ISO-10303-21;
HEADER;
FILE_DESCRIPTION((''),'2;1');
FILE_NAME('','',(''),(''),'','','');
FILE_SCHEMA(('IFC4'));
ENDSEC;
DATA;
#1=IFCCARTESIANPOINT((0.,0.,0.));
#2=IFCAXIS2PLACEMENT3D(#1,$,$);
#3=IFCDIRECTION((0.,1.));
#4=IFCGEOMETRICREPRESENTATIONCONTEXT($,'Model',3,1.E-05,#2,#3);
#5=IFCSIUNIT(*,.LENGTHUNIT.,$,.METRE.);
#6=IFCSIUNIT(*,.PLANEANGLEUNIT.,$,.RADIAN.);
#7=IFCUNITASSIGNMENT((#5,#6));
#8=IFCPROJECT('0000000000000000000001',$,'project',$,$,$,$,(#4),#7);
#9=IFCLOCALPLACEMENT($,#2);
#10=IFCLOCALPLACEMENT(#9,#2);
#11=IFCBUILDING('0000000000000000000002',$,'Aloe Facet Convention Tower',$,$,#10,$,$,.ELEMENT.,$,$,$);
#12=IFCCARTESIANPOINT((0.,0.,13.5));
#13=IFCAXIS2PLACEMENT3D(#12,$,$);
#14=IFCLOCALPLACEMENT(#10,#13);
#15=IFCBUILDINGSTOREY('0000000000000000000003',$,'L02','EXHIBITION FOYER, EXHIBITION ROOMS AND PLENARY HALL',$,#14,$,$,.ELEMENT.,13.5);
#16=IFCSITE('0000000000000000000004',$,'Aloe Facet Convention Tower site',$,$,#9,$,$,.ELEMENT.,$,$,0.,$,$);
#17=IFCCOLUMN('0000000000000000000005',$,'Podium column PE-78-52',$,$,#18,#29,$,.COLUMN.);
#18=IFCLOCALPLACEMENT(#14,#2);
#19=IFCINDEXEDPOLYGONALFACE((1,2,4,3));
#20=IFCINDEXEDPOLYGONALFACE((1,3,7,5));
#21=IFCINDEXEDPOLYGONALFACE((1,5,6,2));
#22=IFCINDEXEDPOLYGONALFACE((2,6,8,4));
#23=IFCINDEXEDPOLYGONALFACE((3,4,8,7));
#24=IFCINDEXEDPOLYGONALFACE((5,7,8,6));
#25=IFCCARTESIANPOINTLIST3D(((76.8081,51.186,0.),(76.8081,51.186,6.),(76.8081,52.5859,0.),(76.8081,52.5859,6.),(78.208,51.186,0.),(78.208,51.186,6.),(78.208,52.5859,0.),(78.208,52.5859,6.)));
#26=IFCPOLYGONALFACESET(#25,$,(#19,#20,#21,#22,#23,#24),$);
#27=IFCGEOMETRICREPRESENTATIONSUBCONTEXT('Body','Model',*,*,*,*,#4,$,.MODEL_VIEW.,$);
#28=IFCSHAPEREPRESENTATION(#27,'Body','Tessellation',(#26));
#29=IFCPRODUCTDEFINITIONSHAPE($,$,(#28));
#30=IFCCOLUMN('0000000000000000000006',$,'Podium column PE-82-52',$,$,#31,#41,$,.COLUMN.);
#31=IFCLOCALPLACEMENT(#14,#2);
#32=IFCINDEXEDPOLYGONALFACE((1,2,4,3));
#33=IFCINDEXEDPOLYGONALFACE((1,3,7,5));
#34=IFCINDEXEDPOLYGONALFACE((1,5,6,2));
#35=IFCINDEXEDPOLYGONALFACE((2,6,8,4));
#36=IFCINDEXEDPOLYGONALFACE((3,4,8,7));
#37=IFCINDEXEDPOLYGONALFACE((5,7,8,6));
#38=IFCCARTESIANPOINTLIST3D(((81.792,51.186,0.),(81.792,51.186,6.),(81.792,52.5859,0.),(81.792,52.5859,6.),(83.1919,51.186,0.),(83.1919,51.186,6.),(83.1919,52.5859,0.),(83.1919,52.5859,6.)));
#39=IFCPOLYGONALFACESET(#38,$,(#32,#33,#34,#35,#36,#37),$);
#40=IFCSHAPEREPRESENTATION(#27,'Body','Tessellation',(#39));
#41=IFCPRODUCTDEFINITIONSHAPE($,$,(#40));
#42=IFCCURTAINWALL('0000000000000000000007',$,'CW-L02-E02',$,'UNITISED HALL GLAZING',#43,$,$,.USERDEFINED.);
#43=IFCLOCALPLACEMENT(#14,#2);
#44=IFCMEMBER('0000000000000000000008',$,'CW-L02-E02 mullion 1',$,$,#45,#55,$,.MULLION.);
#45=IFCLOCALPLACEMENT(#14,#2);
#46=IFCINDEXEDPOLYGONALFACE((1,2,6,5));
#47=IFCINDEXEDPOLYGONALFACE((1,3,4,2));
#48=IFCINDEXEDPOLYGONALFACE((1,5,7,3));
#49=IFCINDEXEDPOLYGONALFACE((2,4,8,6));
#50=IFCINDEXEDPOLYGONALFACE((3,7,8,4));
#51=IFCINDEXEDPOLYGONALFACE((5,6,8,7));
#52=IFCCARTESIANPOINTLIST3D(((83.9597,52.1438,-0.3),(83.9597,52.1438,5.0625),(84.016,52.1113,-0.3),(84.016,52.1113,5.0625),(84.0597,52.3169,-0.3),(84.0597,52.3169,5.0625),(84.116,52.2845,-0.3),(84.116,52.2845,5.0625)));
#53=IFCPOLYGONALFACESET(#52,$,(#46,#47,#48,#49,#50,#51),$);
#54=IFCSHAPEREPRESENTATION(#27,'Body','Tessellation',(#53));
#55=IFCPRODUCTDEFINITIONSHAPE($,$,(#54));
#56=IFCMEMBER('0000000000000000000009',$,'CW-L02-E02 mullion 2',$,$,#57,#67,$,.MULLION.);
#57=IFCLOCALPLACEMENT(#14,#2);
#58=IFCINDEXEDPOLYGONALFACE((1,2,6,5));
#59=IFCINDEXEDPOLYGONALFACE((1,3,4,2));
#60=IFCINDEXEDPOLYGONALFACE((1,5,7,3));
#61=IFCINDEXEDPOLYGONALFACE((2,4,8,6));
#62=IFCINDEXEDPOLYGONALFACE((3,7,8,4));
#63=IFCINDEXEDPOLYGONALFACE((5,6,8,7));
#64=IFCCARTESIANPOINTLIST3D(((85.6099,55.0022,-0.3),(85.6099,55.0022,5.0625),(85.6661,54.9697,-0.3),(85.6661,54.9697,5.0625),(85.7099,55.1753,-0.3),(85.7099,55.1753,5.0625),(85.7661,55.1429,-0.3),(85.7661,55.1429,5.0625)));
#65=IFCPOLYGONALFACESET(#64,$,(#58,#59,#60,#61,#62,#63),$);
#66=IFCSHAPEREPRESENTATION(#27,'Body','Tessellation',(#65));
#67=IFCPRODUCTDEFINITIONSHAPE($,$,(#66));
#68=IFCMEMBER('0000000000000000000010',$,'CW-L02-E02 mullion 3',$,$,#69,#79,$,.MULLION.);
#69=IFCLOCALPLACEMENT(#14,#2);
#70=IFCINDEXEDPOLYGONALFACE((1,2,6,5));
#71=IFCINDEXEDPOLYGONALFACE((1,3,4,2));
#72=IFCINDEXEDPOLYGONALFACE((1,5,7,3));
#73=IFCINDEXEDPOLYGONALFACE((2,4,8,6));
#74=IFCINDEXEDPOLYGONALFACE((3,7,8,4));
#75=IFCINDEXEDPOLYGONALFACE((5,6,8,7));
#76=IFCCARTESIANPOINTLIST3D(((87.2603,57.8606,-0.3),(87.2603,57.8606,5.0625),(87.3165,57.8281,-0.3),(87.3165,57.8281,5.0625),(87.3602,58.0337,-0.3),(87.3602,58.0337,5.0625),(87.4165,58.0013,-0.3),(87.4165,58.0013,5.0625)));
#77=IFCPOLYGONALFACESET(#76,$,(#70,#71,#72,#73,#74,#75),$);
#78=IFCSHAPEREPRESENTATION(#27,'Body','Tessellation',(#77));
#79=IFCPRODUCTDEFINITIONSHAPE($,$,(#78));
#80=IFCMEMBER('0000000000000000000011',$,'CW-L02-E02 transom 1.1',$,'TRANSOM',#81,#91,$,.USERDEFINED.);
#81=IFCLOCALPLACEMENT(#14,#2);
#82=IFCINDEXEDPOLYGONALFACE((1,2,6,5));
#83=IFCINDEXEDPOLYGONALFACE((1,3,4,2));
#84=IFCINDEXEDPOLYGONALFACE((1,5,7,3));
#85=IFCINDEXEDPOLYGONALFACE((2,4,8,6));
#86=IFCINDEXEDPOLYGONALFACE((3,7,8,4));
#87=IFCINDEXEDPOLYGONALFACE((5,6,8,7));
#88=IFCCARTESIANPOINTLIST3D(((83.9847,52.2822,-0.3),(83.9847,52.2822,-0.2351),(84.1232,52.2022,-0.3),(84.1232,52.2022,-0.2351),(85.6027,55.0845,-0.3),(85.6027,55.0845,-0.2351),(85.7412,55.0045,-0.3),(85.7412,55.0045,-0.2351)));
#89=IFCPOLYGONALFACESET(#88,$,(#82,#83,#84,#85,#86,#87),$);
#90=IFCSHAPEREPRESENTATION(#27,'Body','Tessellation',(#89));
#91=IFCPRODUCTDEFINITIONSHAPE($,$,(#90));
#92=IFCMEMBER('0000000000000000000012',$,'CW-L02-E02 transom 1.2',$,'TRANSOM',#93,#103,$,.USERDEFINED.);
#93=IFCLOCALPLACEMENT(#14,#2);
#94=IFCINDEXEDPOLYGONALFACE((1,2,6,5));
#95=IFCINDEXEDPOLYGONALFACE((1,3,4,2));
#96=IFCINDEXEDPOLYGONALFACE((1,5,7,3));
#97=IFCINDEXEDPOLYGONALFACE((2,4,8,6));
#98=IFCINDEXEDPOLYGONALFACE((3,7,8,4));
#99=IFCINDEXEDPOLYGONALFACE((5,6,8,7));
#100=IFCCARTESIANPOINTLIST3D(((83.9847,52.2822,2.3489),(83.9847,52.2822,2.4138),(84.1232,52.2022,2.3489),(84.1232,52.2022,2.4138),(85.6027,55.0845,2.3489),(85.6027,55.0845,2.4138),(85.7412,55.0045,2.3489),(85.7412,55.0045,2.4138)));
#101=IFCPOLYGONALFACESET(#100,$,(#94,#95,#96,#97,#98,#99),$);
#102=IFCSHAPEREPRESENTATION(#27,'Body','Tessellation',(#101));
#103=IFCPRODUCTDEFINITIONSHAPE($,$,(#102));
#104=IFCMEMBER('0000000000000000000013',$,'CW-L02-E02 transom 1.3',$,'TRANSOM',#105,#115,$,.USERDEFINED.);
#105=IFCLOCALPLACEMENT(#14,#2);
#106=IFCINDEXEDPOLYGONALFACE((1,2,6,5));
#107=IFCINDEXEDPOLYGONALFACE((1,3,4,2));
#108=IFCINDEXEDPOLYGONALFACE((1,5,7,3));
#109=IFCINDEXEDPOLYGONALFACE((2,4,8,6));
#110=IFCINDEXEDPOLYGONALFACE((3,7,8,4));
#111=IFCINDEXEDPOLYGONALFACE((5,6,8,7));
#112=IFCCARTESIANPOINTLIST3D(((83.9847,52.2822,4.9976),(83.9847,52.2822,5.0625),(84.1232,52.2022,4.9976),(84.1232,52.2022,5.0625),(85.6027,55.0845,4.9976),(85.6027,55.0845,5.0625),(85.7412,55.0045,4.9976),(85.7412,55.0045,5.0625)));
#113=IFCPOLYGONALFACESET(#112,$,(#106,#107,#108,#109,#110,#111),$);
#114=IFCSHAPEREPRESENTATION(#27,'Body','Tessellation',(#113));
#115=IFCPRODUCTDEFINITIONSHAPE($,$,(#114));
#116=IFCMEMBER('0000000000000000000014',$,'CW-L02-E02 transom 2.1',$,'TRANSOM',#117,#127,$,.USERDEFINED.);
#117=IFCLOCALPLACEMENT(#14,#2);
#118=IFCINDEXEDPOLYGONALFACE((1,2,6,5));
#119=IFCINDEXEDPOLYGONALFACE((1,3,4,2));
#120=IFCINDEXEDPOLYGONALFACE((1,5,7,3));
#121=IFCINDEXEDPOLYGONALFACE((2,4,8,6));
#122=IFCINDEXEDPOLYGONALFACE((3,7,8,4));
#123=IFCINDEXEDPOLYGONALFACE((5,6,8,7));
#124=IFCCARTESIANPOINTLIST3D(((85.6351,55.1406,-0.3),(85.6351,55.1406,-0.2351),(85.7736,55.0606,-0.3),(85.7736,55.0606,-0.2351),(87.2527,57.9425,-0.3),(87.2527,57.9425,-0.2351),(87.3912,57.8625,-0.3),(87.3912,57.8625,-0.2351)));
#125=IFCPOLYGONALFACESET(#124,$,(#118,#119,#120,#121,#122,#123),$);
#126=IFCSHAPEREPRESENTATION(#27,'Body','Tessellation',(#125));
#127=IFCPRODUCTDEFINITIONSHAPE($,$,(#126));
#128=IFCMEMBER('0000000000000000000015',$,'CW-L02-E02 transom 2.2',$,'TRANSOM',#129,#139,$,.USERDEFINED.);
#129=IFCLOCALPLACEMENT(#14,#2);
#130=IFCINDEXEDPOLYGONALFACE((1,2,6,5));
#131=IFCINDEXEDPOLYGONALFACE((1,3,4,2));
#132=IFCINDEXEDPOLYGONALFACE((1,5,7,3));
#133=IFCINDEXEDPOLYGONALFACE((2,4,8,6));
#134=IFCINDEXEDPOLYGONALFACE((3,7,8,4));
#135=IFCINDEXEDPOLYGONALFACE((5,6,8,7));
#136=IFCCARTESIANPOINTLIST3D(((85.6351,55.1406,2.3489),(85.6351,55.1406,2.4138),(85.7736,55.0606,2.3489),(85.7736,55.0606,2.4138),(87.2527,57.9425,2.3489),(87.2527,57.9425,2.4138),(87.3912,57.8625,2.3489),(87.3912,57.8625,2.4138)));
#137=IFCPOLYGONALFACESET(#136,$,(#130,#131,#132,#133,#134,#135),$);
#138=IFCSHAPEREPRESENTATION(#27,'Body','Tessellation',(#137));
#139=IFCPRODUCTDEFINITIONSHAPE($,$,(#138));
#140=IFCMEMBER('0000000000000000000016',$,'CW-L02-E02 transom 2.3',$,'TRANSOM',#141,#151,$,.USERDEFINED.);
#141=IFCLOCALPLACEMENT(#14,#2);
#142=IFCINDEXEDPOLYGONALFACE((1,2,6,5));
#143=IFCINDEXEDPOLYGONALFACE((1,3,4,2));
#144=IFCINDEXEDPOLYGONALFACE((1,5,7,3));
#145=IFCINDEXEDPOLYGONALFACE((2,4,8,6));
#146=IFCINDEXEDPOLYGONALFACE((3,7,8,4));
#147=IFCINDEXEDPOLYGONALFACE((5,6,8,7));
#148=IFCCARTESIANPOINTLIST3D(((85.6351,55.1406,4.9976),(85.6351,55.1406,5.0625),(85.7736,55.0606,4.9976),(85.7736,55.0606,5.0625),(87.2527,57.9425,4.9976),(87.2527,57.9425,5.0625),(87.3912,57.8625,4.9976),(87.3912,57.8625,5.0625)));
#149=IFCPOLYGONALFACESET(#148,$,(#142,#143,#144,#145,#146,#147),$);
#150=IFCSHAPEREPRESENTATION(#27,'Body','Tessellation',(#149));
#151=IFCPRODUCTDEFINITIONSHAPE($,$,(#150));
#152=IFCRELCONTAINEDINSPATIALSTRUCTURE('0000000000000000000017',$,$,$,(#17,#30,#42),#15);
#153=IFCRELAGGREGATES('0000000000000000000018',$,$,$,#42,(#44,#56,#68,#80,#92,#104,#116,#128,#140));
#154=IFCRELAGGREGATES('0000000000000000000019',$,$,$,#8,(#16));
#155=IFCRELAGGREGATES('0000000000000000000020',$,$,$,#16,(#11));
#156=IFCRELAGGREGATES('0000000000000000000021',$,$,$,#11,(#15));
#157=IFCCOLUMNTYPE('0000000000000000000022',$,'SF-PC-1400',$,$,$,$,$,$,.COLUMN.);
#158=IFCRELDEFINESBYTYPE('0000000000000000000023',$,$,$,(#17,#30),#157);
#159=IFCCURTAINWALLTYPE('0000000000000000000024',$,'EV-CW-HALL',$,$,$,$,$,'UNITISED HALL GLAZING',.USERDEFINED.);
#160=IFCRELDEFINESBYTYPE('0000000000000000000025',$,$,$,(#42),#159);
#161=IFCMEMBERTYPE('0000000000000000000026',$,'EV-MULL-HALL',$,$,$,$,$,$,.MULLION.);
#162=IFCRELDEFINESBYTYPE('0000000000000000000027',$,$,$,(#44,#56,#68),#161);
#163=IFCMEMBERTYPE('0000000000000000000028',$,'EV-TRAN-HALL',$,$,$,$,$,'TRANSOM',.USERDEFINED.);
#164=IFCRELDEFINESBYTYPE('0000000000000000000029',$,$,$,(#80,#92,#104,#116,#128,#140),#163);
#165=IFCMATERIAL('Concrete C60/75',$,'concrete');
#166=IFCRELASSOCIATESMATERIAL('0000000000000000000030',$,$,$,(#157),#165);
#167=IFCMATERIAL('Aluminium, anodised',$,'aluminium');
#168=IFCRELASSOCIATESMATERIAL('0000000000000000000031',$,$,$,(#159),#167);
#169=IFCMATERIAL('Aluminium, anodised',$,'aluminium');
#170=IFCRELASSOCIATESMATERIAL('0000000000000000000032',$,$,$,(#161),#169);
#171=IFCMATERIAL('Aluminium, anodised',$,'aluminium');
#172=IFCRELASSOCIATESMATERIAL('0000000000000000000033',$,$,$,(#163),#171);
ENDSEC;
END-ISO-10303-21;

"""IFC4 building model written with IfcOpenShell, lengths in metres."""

from ifc_helpers import new_model, si_unit, direction, frame, origin, origin_2d, place, context, subcontext, project, spatial, rectangle, extrude, material, material_profile, profile_set, type_object, element, aggregate, save


model = new_model("IFC4")

# Units and contexts
model_context = context("Model", 3, precision=1e-05, world=origin(), true_north=direction((0.0, 1.0)))
body_context = subcontext(model_context, "Body", "Model", "MODEL_VIEW")
ifc_project = project(units=[si_unit("LENGTHUNIT", "METRE"), si_unit("PLANEANGLEUNIT", "RADIAN")], contexts=[model_context])

# Site, building, storey
site_placement = place(None, origin())
site = spatial("IfcSite", under=ifc_project, at=site_placement, Name="Aloe Facet Convention Tower site", CompositionType="ELEMENT", RefElevation=0.0)
building_placement = place(site_placement, origin())
building = spatial("IfcBuilding", under=site, at=building_placement, Name="Aloe Facet Convention Tower", CompositionType="ELEMENT")
storey_placement = place(building_placement, frame((0.0, 0.0, 13.5)))
storey = spatial("IfcBuildingStorey", under=building, at=storey_placement, Name="L02", Description="EXHIBITION FOYER, EXHIBITION ROOMS AND PLENARY HALL", CompositionType="ELEMENT", Elevation=13.5)

# Columns
ifc_material_1 = material(Name="Concrete C60/75", Category="concrete")
ifc_material_profile_1 = material_profile(ifc_material_1, rectangle(XDim=1.3999, YDim=1.3999, at=origin_2d()), Name="SF-PC-1400")
ifc_profile_set_1 = profile_set([ifc_material_profile_1], Name="Concrete C60/75")
column_type = type_object("IfcColumnType", Name="SF-PC-1400", PredefinedType="COLUMN", material=ifc_profile_set_1)
for number, where, z_axis, x_axis, name in (
    (1, (77.5081, 51.886, 0.0), (0.0, 0.0, 1.0), (1.0, 0.0, 0.0), "Podium column PE-78-52"),
    (2, (82.4919, 51.886, 0.0), (0.0, 0.0, 1.0), (1.0, 0.0, 0.0), "Podium column PE-82-52"),
):
    element("IfcColumn", number, at=place(storey_placement, frame(where, z_axis=z_axis, x_axis=x_axis)), inside=storey, type_object=column_type, Name=name, PredefinedType="COLUMN", context=body_context, shape_type="SweptSolid", body=[
        extrude(rectangle(XDim=1.3999, YDim=1.3999, at=origin_2d()), origin(), (0.0, 0.0, 1.0), 6.0),
    ])

# Curtain wall, members
ifc_material_2 = material(Name="Aluminium, anodised", Category="aluminium")
curtain_wall_type = type_object("IfcCurtainWallType", Name="EV-CW-HALL", ElementType="UNITISED HALL GLAZING", PredefinedType="USERDEFINED", material=ifc_material_2)
curtain_wall_placement = place(storey_placement, origin())
curtain_wall = element("IfcCurtainWall", 3, at=curtain_wall_placement, inside=storey, type_object=curtain_wall_type, Name="CW-L02-E02", ObjectType="UNITISED HALL GLAZING", PredefinedType="USERDEFINED")
ifc_material_3 = material(Name="Aluminium, anodised", Category="aluminium")
ifc_material_profile_2 = material_profile(ifc_material_3, rectangle(XDim=0.0649, YDim=0.2, at=origin_2d()), Name="AL 65x200")
ifc_profile_set_2 = profile_set([ifc_material_profile_2], Name="Aluminium, anodised")
member_type_1 = type_object("IfcMemberType", Name="EV-MULL-HALL", PredefinedType="MULLION", material=ifc_profile_set_2)
member_1_placement = place(storey_placement, frame((84.0378, 52.2141, -0.3), z_axis=(0.0, 0.0, 1.0), x_axis=(-0.866025, 0.5, 0.0)))
member_1 = element("IfcMember", 4, at=member_1_placement, type_object=member_type_1, Name="CW-L02-E02 mullion 1", PredefinedType="MULLION", context=body_context, shape_type="SweptSolid", body=[
    extrude(rectangle(XDim=0.0649, YDim=0.2, at=origin_2d()), origin(), (0.0, 0.0, 1.0), 5.3625),
])
member_2_placement = place(storey_placement, frame((85.688, 55.0725, -0.3), z_axis=(0.0, 0.0, 1.0), x_axis=(-0.866025, 0.5, 0.0)))
member_2 = element("IfcMember", 5, at=member_2_placement, type_object=member_type_1, Name="CW-L02-E02 mullion 2", PredefinedType="MULLION", context=body_context, shape_type="SweptSolid", body=[
    extrude(rectangle(XDim=0.0649, YDim=0.2, at=origin_2d()), origin(), (0.0, 0.0, 1.0), 5.3625),
])
member_3_placement = place(storey_placement, frame((87.3384, 57.9309, -0.3), z_axis=(0.0, 0.0, 1.0), x_axis=(-0.866025, 0.5, 0.0)))
member_3 = element("IfcMember", 6, at=member_3_placement, type_object=member_type_1, Name="CW-L02-E02 mullion 3", PredefinedType="MULLION", context=body_context, shape_type="SweptSolid", body=[
    extrude(rectangle(XDim=0.0649, YDim=0.2, at=origin_2d()), origin(), (0.0, 0.0, 1.0), 5.3625),
])
ifc_material_4 = material(Name="Aluminium, anodised", Category="aluminium")
ifc_material_profile_3 = material_profile(ifc_material_4, rectangle(XDim=0.1599, YDim=0.0649, at=origin_2d()), Name="AL 160x65")
ifc_profile_set_3 = profile_set([ifc_material_profile_3], Name="Aluminium, anodised")
member_type_2 = type_object("IfcMemberType", Name="EV-TRAN-HALL", ElementType="TRANSOM", PredefinedType="USERDEFINED", material=ifc_profile_set_3)
member_4_placement = place(storey_placement, frame((84.054, 52.2422, -0.2676), z_axis=(0.50001, 0.86602, 0.0), x_axis=(-0.86602, 0.50001, 0.0)))
member_4 = element("IfcMember", 7, at=member_4_placement, type_object=member_type_2, Name="CW-L02-E02 transom 1.1", ObjectType="TRANSOM", PredefinedType="USERDEFINED", context=body_context, shape_type="SweptSolid", body=[
    extrude(rectangle(XDim=0.1599, YDim=0.0649, at=origin_2d()), origin(), (0.0, 0.0, 1.0), 3.2358),
])
member_5_placement = place(storey_placement, frame((84.054, 52.2422, 2.3813), z_axis=(0.50001, 0.86602, 0.0), x_axis=(-0.86602, 0.50001, 0.0)))
member_5 = element("IfcMember", 8, at=member_5_placement, type_object=member_type_2, Name="CW-L02-E02 transom 1.2", ObjectType="TRANSOM", PredefinedType="USERDEFINED", context=body_context, shape_type="SweptSolid", body=[
    extrude(rectangle(XDim=0.1599, YDim=0.0649, at=origin_2d()), origin(), (0.0, 0.0, 1.0), 3.2358),
])
member_6_placement = place(storey_placement, frame((84.054, 52.2422, 5.03), z_axis=(0.50001, 0.86602, 0.0), x_axis=(-0.86602, 0.50001, 0.0)))
member_6 = element("IfcMember", 9, at=member_6_placement, type_object=member_type_2, Name="CW-L02-E02 transom 1.3", ObjectType="TRANSOM", PredefinedType="USERDEFINED", context=body_context, shape_type="SweptSolid", body=[
    extrude(rectangle(XDim=0.1599, YDim=0.0649, at=origin_2d()), origin(), (0.0, 0.0, 1.0), 3.2358),
])
member_7_placement = place(storey_placement, frame((85.7043, 55.1006, -0.2676), z_axis=(0.499986, 0.866034, 0.0), x_axis=(-0.866034, 0.499986, 0.0)))
member_7 = element("IfcMember", 10, at=member_7_placement, type_object=member_type_2, Name="CW-L02-E02 transom 2.1", ObjectType="TRANSOM", PredefinedType="USERDEFINED", context=body_context, shape_type="SweptSolid", body=[
    extrude(rectangle(XDim=0.1599, YDim=0.0649, at=origin_2d()), origin(), (0.0, 0.0, 1.0), 3.2354),
])
member_8_placement = place(storey_placement, frame((85.7043, 55.1006, 2.3813), z_axis=(0.499986, 0.866034, 0.0), x_axis=(-0.866034, 0.499986, 0.0)))
member_8 = element("IfcMember", 11, at=member_8_placement, type_object=member_type_2, Name="CW-L02-E02 transom 2.2", ObjectType="TRANSOM", PredefinedType="USERDEFINED", context=body_context, shape_type="SweptSolid", body=[
    extrude(rectangle(XDim=0.1599, YDim=0.0649, at=origin_2d()), origin(), (0.0, 0.0, 1.0), 3.2354),
])
member_9_placement = place(storey_placement, frame((85.7043, 55.1006, 5.03), z_axis=(0.499986, 0.866034, 0.0), x_axis=(-0.866034, 0.499986, 0.0)))
member_9 = element("IfcMember", 12, at=member_9_placement, type_object=member_type_2, Name="CW-L02-E02 transom 2.3", ObjectType="TRANSOM", PredefinedType="USERDEFINED", context=body_context, shape_type="SweptSolid", body=[
    extrude(rectangle(XDim=0.1599, YDim=0.0649, at=origin_2d()), origin(), (0.0, 0.0, 1.0), 3.2354),
])

aggregate(curtain_wall, [member_1, member_2, member_3, member_4, member_5, member_6, member_7, member_8, member_9])

save(model, "model.ifc")
